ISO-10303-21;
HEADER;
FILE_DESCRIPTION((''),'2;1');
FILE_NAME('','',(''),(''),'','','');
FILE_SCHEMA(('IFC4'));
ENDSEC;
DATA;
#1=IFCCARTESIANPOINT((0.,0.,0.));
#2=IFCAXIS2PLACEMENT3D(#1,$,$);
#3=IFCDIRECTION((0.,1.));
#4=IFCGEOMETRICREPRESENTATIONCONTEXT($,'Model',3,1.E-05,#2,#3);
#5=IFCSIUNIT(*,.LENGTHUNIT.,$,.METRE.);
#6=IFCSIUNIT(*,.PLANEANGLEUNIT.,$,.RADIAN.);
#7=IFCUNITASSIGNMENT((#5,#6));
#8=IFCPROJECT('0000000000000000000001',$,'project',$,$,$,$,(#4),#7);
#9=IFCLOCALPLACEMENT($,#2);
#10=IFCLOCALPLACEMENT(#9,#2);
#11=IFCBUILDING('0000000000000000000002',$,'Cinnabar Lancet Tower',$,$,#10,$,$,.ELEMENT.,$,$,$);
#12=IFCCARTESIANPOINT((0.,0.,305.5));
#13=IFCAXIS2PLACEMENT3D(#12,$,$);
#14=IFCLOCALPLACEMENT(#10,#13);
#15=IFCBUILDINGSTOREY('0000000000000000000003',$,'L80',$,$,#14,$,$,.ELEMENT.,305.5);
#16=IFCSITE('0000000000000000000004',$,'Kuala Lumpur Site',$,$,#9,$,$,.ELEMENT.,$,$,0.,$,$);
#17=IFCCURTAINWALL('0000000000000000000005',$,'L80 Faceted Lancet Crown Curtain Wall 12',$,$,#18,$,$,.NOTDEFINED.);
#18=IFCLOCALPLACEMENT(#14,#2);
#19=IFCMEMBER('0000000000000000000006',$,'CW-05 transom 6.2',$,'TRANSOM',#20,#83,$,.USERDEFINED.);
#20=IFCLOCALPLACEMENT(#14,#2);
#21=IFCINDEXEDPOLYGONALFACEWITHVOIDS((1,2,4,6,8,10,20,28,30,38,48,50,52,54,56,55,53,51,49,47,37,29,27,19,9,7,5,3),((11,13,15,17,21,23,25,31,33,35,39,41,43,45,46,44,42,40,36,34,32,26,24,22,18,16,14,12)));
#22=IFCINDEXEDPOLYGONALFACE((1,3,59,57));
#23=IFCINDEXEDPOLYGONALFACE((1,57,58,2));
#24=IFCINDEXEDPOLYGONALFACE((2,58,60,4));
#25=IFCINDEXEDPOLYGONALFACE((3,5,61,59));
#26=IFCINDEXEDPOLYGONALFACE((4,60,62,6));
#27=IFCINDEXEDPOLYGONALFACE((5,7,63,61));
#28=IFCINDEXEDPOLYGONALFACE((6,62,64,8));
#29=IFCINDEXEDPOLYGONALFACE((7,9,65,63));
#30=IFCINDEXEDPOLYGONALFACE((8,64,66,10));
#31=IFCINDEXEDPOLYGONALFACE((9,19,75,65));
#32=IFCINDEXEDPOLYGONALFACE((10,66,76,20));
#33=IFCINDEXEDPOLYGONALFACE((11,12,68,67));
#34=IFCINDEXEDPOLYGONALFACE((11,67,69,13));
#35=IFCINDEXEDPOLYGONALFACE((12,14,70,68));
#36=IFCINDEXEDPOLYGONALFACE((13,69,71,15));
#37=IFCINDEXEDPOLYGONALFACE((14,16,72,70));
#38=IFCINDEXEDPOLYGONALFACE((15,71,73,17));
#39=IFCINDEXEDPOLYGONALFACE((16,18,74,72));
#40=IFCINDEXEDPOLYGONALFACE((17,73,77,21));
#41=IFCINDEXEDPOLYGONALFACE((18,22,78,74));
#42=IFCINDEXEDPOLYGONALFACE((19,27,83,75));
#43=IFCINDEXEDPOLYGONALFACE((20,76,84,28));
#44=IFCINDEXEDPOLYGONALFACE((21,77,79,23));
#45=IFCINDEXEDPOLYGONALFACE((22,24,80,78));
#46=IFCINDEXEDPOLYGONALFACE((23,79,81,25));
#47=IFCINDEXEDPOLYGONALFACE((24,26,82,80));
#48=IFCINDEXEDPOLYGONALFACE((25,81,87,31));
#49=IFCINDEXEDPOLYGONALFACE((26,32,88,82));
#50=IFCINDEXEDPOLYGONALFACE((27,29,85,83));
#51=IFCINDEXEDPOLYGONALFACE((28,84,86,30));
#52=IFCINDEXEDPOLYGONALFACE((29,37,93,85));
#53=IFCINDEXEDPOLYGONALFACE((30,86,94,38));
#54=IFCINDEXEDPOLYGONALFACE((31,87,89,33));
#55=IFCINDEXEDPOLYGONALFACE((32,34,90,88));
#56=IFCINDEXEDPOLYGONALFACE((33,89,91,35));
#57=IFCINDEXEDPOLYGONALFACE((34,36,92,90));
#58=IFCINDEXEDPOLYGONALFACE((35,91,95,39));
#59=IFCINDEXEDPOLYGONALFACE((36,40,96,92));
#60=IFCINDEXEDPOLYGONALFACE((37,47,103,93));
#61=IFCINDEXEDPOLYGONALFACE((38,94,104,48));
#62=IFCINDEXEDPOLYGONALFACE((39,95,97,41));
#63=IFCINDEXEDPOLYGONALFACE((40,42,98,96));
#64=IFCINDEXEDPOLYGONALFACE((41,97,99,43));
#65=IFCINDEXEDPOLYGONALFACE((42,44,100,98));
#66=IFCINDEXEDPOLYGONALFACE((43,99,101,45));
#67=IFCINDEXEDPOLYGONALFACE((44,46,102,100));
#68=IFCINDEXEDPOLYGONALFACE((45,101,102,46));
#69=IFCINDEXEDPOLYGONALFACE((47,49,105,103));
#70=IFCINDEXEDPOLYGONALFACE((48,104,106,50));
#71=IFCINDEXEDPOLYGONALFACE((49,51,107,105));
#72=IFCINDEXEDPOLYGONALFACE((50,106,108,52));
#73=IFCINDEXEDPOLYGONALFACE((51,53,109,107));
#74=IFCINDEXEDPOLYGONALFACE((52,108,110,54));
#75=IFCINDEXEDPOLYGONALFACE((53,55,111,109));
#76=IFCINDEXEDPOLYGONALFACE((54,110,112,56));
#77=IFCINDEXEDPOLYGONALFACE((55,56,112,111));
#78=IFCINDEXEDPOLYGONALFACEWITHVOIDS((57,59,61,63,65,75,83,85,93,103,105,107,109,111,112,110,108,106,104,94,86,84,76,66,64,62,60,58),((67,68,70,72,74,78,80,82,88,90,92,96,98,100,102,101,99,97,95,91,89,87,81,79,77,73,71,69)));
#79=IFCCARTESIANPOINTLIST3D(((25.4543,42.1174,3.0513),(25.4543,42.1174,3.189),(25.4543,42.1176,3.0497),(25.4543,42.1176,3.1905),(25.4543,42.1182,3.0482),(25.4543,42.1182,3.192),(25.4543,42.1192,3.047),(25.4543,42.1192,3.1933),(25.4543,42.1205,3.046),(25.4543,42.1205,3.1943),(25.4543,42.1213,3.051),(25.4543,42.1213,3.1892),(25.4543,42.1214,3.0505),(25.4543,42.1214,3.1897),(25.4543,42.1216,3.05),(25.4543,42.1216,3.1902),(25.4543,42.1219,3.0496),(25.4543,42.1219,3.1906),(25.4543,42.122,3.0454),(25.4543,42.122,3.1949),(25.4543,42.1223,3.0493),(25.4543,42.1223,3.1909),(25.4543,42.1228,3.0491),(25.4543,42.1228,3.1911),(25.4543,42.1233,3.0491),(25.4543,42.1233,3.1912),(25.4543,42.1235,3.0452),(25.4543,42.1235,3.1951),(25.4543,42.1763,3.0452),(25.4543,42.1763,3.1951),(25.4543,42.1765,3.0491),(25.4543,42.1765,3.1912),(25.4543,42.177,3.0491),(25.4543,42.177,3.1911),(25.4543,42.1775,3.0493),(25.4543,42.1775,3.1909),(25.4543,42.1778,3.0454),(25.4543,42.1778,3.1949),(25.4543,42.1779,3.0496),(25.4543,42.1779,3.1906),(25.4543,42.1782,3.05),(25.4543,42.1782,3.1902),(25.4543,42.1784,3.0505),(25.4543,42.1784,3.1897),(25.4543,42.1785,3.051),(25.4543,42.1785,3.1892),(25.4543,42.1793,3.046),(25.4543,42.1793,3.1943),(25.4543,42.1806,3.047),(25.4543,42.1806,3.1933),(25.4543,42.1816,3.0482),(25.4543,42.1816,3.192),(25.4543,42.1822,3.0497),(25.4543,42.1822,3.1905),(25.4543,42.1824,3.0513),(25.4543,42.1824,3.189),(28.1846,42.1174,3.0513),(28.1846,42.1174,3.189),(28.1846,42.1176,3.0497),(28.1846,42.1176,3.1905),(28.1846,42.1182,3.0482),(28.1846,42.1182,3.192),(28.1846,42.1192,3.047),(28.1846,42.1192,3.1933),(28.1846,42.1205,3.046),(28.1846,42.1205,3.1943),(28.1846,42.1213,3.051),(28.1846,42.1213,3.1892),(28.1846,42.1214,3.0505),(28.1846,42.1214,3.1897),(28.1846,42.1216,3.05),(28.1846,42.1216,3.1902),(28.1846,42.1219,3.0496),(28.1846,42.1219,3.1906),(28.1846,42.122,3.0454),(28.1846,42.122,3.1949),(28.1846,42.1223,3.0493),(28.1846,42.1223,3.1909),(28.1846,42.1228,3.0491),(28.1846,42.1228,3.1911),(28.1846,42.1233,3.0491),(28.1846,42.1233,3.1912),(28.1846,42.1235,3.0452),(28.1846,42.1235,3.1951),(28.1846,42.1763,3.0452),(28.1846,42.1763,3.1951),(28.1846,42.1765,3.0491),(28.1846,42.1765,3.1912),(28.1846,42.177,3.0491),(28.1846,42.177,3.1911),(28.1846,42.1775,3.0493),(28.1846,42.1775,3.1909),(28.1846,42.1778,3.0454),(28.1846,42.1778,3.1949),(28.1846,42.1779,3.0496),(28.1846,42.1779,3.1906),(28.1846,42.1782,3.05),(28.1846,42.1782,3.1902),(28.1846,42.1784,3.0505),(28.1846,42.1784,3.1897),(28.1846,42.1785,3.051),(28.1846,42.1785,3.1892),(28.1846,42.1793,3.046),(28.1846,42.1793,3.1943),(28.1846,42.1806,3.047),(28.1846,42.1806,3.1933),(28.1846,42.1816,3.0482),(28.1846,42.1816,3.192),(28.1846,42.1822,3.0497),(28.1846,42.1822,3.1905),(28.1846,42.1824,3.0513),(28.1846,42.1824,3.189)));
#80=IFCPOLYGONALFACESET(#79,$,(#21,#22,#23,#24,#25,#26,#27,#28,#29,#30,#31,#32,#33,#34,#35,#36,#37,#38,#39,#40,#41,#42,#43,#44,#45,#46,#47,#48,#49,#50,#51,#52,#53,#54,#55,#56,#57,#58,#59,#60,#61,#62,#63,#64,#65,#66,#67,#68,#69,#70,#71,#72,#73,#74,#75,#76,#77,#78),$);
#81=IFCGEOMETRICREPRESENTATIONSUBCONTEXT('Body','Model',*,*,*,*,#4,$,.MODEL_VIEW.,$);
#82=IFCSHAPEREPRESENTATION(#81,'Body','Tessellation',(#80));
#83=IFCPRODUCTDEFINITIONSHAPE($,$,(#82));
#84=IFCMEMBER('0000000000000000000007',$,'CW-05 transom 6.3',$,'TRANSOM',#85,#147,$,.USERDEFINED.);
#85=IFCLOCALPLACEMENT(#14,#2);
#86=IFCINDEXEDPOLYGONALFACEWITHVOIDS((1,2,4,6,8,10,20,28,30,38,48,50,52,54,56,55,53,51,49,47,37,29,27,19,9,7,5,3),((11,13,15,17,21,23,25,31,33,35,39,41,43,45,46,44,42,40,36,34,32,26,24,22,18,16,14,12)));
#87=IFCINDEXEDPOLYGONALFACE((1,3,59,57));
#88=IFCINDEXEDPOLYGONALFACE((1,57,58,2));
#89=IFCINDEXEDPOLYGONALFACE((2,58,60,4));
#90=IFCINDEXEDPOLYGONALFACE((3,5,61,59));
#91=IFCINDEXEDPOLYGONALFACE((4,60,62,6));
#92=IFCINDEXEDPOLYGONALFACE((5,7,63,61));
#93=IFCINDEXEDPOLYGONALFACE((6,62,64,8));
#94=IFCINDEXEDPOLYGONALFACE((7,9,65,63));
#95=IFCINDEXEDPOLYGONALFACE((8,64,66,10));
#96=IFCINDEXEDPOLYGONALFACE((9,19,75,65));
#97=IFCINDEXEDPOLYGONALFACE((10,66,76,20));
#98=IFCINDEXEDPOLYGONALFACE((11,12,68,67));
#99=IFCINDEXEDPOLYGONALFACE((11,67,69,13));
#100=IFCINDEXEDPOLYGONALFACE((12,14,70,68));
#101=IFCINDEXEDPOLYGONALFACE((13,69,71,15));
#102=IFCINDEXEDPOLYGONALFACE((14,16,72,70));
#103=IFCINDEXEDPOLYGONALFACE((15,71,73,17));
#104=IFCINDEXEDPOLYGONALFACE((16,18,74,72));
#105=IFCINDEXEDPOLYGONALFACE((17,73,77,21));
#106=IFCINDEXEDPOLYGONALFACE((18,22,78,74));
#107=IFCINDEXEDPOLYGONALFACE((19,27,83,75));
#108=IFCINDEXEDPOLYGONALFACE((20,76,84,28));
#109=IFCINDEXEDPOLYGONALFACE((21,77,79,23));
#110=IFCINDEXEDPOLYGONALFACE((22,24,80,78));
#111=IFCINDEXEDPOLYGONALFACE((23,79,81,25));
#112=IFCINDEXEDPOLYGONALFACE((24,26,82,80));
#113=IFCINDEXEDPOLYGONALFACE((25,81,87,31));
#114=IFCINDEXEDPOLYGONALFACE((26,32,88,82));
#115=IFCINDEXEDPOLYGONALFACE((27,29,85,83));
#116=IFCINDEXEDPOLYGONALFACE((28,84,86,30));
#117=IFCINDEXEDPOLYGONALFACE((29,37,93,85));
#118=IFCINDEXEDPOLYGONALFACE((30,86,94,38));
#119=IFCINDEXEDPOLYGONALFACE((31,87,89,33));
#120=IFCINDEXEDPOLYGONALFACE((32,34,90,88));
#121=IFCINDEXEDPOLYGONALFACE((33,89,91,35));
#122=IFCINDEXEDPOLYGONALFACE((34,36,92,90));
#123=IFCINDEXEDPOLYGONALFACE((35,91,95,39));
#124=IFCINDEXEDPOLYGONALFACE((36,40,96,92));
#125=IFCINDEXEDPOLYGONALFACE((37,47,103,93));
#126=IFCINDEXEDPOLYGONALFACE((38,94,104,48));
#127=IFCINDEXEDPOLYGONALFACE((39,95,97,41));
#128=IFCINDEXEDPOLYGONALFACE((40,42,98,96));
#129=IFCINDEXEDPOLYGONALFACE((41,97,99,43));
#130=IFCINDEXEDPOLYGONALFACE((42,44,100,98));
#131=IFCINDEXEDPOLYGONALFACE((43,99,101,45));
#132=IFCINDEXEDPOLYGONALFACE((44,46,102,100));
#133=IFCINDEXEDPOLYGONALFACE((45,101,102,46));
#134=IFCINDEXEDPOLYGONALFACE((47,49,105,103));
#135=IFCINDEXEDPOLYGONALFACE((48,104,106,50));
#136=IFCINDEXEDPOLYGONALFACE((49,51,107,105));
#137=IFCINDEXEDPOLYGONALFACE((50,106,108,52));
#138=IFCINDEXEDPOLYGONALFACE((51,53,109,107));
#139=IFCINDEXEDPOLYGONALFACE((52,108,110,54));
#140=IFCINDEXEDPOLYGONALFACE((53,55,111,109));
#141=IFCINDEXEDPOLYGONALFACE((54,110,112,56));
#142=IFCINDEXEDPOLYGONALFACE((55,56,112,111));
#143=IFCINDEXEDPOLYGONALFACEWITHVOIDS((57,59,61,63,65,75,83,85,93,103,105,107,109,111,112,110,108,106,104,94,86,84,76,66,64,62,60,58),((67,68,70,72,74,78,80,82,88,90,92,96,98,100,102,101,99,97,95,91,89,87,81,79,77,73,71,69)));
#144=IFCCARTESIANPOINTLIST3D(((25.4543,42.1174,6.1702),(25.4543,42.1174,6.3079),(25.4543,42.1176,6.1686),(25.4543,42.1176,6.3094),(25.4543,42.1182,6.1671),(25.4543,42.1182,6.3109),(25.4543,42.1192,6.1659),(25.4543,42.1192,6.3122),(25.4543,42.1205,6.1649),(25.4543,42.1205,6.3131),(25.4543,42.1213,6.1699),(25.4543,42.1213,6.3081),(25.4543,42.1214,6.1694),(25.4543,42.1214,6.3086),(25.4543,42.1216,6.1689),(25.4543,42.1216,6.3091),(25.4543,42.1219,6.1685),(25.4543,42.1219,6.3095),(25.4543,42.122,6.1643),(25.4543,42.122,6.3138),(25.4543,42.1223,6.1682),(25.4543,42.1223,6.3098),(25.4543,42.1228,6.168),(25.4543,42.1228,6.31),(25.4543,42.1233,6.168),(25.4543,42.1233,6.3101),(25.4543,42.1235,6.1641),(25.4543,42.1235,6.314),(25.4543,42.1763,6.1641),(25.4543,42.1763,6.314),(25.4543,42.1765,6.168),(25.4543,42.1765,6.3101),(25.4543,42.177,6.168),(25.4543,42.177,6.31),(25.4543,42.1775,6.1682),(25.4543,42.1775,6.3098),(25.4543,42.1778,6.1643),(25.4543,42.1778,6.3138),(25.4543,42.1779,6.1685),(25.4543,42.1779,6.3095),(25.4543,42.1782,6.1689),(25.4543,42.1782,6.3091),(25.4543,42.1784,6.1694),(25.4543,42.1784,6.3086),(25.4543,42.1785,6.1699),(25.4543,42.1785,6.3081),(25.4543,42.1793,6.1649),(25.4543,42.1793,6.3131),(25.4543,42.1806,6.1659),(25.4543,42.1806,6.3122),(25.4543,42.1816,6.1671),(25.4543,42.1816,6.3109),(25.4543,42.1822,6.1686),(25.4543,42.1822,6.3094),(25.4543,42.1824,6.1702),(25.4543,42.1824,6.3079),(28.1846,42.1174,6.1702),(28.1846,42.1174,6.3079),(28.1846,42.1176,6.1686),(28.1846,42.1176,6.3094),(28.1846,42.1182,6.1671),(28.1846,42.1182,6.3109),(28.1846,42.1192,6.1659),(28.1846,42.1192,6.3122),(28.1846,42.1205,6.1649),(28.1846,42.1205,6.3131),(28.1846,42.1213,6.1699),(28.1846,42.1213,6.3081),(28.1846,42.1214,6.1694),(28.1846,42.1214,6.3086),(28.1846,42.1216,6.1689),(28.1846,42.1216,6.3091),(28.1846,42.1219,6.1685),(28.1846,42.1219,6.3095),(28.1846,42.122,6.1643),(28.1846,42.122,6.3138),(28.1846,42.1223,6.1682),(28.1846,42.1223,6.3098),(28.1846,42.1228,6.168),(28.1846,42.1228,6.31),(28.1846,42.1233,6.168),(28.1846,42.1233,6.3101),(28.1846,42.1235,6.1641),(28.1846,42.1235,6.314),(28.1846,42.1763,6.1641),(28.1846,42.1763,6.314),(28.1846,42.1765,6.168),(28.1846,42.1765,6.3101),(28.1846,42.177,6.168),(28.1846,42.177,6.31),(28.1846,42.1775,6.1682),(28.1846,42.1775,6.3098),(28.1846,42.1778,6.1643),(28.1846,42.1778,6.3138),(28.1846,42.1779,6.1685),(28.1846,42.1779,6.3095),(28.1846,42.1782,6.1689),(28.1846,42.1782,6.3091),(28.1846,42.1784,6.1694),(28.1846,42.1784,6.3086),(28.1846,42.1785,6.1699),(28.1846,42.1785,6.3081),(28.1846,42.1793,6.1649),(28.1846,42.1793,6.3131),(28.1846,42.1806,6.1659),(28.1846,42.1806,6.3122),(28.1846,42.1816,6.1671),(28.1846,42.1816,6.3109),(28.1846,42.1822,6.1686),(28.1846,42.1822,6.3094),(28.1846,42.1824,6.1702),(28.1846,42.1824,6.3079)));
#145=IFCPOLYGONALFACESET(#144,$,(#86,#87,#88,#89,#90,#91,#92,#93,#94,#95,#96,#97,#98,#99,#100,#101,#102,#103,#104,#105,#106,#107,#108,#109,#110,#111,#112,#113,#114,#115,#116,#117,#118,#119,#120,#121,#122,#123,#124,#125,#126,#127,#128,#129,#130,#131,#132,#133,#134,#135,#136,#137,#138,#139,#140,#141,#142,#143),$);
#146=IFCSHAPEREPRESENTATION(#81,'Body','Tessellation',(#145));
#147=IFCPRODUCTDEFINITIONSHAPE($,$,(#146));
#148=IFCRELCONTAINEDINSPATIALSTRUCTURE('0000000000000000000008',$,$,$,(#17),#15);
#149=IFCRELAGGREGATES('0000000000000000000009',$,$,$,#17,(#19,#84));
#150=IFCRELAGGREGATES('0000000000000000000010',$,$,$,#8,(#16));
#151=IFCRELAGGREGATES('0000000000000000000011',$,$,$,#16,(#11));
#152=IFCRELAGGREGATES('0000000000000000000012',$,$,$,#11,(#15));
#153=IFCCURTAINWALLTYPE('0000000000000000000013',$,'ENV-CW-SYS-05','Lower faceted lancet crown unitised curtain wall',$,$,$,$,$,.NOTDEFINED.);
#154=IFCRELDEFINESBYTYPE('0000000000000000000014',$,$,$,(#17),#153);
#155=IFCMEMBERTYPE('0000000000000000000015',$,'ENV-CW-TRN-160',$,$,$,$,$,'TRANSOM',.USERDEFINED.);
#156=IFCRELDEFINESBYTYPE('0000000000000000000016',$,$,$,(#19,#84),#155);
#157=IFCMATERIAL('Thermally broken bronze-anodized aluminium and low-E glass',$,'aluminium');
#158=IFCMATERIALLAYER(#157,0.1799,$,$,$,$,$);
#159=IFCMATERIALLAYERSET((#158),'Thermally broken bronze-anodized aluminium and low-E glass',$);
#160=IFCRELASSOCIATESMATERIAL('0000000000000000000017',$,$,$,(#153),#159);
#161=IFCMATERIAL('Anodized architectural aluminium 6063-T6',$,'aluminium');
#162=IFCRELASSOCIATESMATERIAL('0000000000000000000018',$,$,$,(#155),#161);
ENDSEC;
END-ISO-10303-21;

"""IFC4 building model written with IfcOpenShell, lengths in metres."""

from ifc_helpers import new_model, si_unit, direction, frame, origin, origin_2d, place, context, subcontext, project, spatial, hollow_rectangle, extrude, material, layer, layer_set, material_profile, profile_set, type_object, element, aggregate, save


model = new_model("IFC4")

# Units and contexts
model_context = context("Model", 3, precision=1e-05, world=origin(), true_north=direction((0.0, 1.0)))
body_context = subcontext(model_context, "Body", "Model", "MODEL_VIEW")
ifc_project = project(units=[si_unit("LENGTHUNIT", "METRE"), si_unit("PLANEANGLEUNIT", "RADIAN")], contexts=[model_context])

# Site, building, storey
site_placement = place(None, origin())
site = spatial("IfcSite", under=ifc_project, at=site_placement, Name="Kuala Lumpur Site", CompositionType="ELEMENT", RefElevation=0.0)
building_placement = place(site_placement, origin())
building = spatial("IfcBuilding", under=site, at=building_placement, Name="Cinnabar Lancet Tower", CompositionType="ELEMENT")
storey_placement = place(building_placement, frame((0.0, 0.0, 305.5)))
storey = spatial("IfcBuildingStorey", under=building, at=storey_placement, Name="L80", CompositionType="ELEMENT", Elevation=305.5)

# Curtain wall
ifc_material_1 = material(Name="Thermally broken bronze-anodized aluminium and low-E glass", Category="aluminium")
ifc_layer_1 = layer(ifc_material_1, 0.1799)
ifc_layer_set_1 = layer_set([ifc_layer_1], Name="Thermally broken bronze-anodized aluminium and low-E glass")
curtain_wall_type = type_object("IfcCurtainWallType", Name="ENV-CW-SYS-05", Description="Lower faceted lancet crown unitised curtain wall", PredefinedType="NOTDEFINED", material=ifc_layer_set_1)
curtain_wall_1_placement = place(storey_placement, origin())
curtain_wall_1 = element("IfcCurtainWall", 1, at=curtain_wall_1_placement, inside=storey, type_object=curtain_wall_type, Name="L80 Faceted Lancet Crown Curtain Wall 12", PredefinedType="NOTDEFINED")

# Members
ifc_material_2 = material(Name="Anodized architectural aluminium 6063-T6", Category="aluminium")
ifc_material_profile_1 = material_profile(ifc_material_2, hollow_rectangle(XDim=0.0649, YDim=0.1499, WallThickness=0.0039, InnerFilletRadius=0.002, OuterFilletRadius=0.0061, at=origin_2d()), Name="CW-TRN 150x65x4")
ifc_profile_set_1 = profile_set([ifc_material_profile_1], Name="Anodized architectural aluminium 6063-T6")
member_type_1 = type_object("IfcMemberType", Name="ENV-CW-TRN-160", ElementType="TRANSOM", PredefinedType="USERDEFINED", material=ifc_profile_set_1)
member_1_placement = place(storey_placement, frame((28.1846, 42.1499, 3.1201), z_axis=(-1.0, 0.0, 0.0), x_axis=(0.0, -1.0, 0.0)))
member_1 = element("IfcMember", 2, at=member_1_placement, type_object=member_type_1, Name="CW-05 transom 6.2", ObjectType="TRANSOM", PredefinedType="USERDEFINED", context=body_context, shape_type="SweptSolid", body=[
    extrude(hollow_rectangle(XDim=0.0649, YDim=0.1499, WallThickness=0.0039, InnerFilletRadius=0.002, OuterFilletRadius=0.0061, at=origin_2d()), origin(), (0.0, 0.0, 1.0), 2.7302),
])
member_2_placement = place(storey_placement, frame((28.1846, 42.1499, 6.239), z_axis=(-1.0, 0.0, 0.0), x_axis=(0.0, -1.0, 0.0)))
member_2 = element("IfcMember", 3, at=member_2_placement, type_object=member_type_1, Name="CW-05 transom 6.3", ObjectType="TRANSOM", PredefinedType="USERDEFINED", context=body_context, shape_type="SweptSolid", body=[
    extrude(hollow_rectangle(XDim=0.0649, YDim=0.1499, WallThickness=0.0039, InnerFilletRadius=0.002, OuterFilletRadius=0.0061, at=origin_2d()), origin(), (0.0, 0.0, 1.0), 2.7302),
])

aggregate(curtain_wall_1, [member_1, member_2])

save(model, "model.ifc")
